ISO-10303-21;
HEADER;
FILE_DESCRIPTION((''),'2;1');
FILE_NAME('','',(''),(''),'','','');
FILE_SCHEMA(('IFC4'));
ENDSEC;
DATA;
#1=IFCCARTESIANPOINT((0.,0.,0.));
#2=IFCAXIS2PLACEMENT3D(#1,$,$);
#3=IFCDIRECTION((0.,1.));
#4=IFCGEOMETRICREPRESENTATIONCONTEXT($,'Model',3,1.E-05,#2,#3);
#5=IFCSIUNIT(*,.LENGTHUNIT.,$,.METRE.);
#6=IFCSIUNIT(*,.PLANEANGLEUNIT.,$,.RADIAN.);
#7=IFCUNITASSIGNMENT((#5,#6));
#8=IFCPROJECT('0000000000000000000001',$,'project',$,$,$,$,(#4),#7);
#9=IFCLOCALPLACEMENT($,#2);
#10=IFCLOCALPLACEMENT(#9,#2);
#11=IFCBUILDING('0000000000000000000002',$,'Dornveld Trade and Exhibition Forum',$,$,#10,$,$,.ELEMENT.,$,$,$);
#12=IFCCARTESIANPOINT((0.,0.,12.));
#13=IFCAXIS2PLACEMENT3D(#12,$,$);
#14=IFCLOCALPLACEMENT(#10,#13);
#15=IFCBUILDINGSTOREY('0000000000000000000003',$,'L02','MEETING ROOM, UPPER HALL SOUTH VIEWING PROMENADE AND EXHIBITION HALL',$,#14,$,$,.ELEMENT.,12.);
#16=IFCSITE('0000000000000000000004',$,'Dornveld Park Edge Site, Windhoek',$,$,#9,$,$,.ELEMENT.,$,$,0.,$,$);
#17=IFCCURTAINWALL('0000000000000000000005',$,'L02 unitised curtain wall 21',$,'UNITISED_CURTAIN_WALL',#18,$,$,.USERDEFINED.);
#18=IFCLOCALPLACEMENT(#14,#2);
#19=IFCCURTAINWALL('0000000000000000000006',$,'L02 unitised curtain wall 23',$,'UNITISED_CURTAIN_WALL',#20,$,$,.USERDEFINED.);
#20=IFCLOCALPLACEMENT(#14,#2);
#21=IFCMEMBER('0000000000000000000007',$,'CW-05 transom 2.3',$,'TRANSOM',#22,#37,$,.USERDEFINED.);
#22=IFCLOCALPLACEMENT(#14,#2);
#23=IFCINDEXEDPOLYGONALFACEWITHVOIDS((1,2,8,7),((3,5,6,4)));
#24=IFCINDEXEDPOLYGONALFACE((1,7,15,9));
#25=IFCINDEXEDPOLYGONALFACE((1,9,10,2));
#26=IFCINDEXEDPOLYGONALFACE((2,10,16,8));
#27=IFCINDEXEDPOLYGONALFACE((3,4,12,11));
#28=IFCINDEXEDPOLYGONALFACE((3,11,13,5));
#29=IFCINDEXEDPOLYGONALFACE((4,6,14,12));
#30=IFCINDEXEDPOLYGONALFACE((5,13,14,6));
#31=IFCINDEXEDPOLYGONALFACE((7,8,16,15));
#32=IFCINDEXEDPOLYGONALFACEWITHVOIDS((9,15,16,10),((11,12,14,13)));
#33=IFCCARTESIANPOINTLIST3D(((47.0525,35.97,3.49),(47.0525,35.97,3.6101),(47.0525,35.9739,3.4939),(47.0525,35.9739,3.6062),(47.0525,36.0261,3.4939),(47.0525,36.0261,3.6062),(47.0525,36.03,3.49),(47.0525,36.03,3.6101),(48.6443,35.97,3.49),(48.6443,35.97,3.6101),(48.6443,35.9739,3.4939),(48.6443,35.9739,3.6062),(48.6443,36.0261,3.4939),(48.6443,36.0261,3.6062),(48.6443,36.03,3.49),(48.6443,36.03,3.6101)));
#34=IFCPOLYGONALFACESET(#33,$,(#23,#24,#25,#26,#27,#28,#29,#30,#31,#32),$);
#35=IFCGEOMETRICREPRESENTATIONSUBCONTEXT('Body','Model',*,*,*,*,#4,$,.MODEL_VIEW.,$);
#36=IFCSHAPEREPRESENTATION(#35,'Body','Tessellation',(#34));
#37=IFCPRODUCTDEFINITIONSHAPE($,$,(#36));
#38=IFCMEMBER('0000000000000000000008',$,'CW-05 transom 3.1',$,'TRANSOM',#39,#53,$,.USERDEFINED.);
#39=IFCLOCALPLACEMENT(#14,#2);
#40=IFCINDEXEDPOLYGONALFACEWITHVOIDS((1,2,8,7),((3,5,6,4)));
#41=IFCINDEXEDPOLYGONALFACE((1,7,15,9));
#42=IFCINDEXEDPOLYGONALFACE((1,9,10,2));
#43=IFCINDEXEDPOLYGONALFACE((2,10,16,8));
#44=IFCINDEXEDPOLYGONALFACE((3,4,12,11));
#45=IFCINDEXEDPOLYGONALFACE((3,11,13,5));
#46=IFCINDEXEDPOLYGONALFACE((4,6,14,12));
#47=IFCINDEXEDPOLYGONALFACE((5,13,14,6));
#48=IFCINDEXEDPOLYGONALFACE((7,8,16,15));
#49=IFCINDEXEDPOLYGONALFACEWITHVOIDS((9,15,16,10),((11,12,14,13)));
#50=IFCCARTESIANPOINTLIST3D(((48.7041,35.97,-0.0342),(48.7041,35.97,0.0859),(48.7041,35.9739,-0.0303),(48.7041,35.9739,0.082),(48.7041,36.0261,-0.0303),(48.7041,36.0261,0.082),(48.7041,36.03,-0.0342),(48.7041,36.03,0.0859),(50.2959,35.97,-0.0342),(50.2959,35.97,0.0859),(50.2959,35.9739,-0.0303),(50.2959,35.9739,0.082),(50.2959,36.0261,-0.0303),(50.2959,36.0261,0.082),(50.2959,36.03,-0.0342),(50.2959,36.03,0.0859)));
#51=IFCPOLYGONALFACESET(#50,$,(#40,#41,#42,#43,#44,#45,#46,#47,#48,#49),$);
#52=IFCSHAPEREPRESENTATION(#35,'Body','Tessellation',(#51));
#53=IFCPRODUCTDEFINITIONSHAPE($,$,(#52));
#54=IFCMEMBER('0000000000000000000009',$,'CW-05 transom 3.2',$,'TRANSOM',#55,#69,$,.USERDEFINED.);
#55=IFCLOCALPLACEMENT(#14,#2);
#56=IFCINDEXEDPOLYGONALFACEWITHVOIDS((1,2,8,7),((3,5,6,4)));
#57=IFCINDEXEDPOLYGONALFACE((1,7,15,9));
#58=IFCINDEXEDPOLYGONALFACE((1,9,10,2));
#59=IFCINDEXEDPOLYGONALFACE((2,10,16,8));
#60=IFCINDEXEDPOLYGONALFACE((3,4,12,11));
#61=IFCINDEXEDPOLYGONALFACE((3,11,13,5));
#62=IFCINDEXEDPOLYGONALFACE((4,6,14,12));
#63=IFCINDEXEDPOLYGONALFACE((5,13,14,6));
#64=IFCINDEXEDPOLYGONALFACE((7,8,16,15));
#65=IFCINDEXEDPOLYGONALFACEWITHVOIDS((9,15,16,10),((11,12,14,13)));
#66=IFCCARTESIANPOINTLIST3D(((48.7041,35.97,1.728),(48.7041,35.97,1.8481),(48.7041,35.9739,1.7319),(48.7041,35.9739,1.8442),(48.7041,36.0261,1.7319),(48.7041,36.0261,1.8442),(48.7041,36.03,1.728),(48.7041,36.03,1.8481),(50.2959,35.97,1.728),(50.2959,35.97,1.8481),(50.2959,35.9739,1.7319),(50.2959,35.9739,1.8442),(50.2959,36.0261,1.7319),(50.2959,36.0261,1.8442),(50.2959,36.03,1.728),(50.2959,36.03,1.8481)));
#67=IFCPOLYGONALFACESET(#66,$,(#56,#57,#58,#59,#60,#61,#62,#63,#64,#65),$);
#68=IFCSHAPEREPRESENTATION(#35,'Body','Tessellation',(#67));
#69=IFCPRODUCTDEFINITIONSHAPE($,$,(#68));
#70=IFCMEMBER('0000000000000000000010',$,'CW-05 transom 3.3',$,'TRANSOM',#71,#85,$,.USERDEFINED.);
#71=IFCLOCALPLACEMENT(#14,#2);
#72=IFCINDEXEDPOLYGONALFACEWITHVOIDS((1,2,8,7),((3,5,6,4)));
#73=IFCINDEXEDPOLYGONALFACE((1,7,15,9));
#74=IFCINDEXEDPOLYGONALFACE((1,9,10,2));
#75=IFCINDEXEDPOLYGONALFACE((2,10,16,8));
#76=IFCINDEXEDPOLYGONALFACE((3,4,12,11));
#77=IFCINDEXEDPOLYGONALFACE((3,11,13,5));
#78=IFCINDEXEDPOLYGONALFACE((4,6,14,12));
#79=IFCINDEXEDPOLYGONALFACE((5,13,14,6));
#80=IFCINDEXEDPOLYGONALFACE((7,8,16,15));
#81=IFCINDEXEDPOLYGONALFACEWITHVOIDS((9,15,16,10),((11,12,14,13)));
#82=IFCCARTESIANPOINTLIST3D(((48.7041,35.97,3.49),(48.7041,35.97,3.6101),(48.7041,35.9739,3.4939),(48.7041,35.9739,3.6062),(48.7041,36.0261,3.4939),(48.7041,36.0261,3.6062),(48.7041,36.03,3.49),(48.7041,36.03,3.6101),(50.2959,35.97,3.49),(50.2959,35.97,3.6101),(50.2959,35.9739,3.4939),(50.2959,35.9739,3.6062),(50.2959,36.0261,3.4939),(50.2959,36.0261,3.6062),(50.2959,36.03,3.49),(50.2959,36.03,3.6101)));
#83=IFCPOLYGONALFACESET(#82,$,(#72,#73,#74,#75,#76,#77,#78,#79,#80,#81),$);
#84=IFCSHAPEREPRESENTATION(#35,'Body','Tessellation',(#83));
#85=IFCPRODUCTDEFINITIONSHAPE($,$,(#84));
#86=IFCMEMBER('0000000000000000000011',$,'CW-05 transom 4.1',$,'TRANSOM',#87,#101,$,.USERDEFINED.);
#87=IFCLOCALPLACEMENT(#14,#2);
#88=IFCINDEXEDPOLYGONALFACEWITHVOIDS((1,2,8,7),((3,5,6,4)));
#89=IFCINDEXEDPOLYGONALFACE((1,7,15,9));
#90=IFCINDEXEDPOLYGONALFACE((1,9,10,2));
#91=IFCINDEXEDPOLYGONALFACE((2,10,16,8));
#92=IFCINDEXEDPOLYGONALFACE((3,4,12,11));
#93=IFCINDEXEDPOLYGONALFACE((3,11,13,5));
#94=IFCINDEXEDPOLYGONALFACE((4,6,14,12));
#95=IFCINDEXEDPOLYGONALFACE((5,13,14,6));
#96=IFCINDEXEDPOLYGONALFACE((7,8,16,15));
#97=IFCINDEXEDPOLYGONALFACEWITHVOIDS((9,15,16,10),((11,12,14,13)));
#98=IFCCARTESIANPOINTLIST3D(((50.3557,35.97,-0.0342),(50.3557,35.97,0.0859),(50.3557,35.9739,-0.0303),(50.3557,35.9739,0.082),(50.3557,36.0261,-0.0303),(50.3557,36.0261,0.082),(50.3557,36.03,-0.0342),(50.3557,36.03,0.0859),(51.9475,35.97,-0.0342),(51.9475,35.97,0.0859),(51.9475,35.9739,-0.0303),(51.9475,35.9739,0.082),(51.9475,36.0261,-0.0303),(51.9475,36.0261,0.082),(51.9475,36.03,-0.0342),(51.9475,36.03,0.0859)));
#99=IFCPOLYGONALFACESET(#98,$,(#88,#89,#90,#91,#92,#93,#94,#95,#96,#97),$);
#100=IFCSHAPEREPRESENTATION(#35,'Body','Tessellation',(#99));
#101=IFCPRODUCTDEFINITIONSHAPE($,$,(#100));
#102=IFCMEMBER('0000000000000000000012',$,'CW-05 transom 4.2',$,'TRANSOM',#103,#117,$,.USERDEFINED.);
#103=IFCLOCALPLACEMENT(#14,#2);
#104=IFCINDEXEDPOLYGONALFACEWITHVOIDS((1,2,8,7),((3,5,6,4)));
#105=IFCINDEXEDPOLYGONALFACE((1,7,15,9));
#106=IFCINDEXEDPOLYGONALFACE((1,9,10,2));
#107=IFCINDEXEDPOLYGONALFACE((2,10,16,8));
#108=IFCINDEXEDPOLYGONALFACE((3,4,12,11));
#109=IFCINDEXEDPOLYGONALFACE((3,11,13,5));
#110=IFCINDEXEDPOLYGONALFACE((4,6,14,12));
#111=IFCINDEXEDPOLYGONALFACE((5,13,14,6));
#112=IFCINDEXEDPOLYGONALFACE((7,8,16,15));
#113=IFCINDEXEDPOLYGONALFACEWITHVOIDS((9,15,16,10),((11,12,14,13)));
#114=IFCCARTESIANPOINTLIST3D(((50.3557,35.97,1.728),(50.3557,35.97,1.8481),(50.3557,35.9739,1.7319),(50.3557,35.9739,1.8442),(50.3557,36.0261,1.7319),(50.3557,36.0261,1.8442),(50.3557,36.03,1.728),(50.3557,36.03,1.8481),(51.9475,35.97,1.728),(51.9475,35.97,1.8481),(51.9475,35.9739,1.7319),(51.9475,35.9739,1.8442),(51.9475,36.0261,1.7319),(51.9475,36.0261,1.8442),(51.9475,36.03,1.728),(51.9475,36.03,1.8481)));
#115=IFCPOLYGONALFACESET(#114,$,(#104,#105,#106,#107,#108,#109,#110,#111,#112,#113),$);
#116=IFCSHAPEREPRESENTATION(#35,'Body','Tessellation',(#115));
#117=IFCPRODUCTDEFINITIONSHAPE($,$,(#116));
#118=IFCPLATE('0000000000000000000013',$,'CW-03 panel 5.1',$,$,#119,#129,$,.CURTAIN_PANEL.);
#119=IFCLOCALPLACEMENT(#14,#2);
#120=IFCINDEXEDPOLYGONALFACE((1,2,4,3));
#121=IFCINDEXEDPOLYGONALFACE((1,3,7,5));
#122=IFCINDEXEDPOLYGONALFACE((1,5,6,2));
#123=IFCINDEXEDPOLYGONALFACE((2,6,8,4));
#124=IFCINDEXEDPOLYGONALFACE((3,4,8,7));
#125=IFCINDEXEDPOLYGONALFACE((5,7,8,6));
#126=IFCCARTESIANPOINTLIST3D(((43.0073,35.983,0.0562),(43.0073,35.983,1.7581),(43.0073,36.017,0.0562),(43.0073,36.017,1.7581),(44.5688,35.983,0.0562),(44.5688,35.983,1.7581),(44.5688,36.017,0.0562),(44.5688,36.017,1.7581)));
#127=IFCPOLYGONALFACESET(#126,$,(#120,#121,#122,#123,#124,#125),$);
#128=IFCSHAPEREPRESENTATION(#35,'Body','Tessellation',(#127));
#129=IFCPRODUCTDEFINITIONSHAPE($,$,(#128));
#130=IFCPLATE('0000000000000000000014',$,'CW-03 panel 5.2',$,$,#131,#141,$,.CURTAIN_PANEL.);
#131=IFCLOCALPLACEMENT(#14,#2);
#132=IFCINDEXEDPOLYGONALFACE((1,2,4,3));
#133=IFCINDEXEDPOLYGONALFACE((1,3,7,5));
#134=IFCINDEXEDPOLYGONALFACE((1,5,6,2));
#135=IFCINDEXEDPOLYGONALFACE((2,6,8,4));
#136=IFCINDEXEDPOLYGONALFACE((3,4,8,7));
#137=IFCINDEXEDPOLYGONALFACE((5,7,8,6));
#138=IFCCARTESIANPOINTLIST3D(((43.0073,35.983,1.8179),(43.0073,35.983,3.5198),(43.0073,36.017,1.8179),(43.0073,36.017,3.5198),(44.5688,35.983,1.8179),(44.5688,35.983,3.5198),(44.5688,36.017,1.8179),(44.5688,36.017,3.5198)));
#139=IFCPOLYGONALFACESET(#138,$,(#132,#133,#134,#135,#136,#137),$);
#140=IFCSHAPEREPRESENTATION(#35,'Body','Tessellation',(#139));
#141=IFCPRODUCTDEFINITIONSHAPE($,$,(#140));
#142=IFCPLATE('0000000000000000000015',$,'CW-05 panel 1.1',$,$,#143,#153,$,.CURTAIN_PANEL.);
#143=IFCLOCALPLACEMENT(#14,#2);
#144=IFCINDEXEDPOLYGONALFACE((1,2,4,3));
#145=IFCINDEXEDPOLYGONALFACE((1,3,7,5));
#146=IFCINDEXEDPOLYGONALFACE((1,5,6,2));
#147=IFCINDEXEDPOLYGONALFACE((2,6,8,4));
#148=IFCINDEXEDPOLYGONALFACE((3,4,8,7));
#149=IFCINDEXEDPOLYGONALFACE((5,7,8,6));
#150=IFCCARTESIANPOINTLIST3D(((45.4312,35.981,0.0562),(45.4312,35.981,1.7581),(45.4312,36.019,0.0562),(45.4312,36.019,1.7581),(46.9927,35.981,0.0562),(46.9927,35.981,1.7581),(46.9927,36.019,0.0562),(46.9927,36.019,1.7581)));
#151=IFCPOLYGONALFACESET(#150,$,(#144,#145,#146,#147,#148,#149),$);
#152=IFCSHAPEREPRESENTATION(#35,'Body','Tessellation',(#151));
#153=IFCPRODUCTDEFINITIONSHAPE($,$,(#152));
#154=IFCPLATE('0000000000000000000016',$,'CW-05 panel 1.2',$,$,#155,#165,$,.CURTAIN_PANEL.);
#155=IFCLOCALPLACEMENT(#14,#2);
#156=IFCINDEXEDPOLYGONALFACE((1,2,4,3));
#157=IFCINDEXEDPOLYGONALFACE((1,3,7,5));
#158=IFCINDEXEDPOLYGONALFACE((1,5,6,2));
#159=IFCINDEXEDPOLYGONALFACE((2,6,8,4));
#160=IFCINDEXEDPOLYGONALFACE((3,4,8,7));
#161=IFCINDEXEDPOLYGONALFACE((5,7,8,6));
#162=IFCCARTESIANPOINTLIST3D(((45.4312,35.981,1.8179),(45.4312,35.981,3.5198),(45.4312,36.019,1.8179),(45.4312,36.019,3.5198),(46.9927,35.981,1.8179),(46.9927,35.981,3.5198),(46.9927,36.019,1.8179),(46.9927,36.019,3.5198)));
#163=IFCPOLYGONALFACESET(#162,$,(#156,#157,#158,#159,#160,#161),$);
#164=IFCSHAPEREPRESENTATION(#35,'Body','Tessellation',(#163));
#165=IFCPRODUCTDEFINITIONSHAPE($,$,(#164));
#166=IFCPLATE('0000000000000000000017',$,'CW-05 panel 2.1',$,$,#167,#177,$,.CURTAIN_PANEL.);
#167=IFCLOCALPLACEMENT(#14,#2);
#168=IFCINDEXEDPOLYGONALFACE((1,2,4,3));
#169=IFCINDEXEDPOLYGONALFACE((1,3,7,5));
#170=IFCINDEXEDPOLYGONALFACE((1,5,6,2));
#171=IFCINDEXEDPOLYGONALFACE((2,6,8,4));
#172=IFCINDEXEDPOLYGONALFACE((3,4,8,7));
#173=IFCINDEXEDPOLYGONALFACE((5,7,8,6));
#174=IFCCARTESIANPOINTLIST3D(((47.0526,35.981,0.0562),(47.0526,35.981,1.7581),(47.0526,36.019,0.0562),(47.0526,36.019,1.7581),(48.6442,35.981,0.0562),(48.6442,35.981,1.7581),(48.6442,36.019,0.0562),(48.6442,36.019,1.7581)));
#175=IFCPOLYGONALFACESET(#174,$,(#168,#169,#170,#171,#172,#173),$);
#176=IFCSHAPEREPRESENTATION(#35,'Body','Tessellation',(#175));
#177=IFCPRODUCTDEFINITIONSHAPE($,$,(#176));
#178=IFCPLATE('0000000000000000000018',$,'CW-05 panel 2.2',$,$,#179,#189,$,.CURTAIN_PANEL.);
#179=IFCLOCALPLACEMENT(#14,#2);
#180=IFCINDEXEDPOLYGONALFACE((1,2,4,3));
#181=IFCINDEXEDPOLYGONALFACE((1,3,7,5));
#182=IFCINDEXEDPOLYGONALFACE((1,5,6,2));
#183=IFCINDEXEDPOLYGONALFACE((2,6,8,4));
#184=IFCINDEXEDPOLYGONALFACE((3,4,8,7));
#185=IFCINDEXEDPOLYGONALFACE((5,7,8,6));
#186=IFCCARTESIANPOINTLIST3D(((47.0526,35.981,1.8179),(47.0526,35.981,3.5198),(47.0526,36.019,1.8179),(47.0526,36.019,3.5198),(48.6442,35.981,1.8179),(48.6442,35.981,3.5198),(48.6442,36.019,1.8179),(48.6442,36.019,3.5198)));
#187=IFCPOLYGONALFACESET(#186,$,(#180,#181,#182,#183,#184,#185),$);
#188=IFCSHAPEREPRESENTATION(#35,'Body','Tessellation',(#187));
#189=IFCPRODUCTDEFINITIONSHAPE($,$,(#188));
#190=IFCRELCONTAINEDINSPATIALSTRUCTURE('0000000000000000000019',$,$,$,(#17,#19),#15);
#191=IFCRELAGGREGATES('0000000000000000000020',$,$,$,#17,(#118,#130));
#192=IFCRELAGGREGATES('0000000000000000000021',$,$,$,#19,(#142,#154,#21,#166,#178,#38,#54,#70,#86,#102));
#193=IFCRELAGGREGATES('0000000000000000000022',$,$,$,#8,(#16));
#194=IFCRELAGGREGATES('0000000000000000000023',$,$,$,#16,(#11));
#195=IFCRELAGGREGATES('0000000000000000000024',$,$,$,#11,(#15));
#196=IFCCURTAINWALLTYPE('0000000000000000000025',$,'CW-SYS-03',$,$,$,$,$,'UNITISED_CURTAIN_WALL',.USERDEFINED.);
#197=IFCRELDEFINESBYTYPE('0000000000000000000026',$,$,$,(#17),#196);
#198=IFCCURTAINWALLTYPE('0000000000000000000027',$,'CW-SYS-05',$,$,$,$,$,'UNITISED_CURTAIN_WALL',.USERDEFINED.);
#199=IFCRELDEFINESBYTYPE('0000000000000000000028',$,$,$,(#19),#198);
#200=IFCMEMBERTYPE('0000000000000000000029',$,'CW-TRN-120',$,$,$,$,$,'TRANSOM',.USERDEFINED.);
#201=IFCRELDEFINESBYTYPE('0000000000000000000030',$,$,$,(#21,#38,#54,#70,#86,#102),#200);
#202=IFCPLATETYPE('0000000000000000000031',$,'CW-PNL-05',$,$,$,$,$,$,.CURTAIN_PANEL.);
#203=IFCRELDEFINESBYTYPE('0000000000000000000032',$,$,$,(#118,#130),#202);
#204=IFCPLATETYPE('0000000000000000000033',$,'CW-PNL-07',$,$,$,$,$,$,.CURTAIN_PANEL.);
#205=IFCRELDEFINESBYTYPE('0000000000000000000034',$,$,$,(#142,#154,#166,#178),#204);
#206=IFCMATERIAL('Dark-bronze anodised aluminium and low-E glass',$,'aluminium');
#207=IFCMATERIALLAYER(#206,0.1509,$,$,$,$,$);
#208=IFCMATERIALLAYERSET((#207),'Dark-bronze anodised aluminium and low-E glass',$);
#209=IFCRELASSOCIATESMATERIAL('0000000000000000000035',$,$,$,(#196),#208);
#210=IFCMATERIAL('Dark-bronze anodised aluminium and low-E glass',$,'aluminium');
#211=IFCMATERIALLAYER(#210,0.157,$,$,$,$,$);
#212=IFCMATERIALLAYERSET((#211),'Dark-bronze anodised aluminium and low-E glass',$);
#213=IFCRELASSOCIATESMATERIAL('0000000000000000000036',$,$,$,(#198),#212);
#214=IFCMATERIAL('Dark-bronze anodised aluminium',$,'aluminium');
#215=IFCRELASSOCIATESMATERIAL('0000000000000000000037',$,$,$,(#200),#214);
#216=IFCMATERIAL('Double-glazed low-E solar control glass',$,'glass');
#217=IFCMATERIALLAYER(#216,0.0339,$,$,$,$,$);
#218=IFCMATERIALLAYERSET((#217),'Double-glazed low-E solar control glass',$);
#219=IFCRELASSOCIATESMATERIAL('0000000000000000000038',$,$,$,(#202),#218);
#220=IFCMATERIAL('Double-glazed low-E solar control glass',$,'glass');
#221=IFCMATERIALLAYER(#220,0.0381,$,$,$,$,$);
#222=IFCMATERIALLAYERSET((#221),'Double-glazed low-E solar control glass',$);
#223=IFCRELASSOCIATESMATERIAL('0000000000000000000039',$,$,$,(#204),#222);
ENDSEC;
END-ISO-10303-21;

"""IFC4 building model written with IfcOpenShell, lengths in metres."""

from ifc_helpers import new_model, si_unit, direction, frame, origin, origin_2d, place, context, subcontext, project, spatial, rectangle, hollow_rectangle, extrude, material, layer, layer_set, material_profile, profile_set, type_object, element, aggregate, save


model = new_model("IFC4")

# Units and contexts
model_context = context("Model", 3, precision=1e-05, world=origin(), true_north=direction((0.0, 1.0)))
body_context = subcontext(model_context, "Body", "Model", "MODEL_VIEW")
ifc_project = project(units=[si_unit("LENGTHUNIT", "METRE"), si_unit("PLANEANGLEUNIT", "RADIAN")], contexts=[model_context])

# Site, building, storey
site_placement = place(None, origin())
site = spatial("IfcSite", under=ifc_project, at=site_placement, Name="Dornveld Park Edge Site, Windhoek", CompositionType="ELEMENT", RefElevation=0.0)
building_placement = place(site_placement, origin())
building = spatial("IfcBuilding", under=site, at=building_placement, Name="Dornveld Trade and Exhibition Forum", CompositionType="ELEMENT")
storey_placement = place(building_placement, frame((0.0, 0.0, 12.0)))
storey = spatial("IfcBuildingStorey", under=building, at=storey_placement, Name="L02", Description="MEETING ROOM, UPPER HALL SOUTH VIEWING PROMENADE AND EXHIBITION HALL", CompositionType="ELEMENT", Elevation=12.0)

# Curtain wall
ifc_material_1 = material(Name="Dark-bronze anodised aluminium and low-E glass", Category="aluminium")
ifc_layer_1 = layer(ifc_material_1, 0.1509)
ifc_layer_set_1 = layer_set([ifc_layer_1], Name="Dark-bronze anodised aluminium and low-E glass")
curtain_wall_type_1 = type_object("IfcCurtainWallType", Name="CW-SYS-03", ElementType="UNITISED_CURTAIN_WALL", PredefinedType="USERDEFINED", material=ifc_layer_set_1)
curtain_wall_1_placement = place(storey_placement, origin())
curtain_wall_1 = element("IfcCurtainWall", 1, at=curtain_wall_1_placement, inside=storey, type_object=curtain_wall_type_1, Name="L02 unitised curtain wall 21", ObjectType="UNITISED_CURTAIN_WALL", PredefinedType="USERDEFINED")

# Curtain wall, members
ifc_material_2 = material(Name="Dark-bronze anodised aluminium and low-E glass", Category="aluminium")
ifc_layer_2 = layer(ifc_material_2, 0.157)
ifc_layer_set_2 = layer_set([ifc_layer_2], Name="Dark-bronze anodised aluminium and low-E glass")
curtain_wall_type_2 = type_object("IfcCurtainWallType", Name="CW-SYS-05", ElementType="UNITISED_CURTAIN_WALL", PredefinedType="USERDEFINED", material=ifc_layer_set_2)
curtain_wall_2_placement = place(storey_placement, origin())
curtain_wall_2 = element("IfcCurtainWall", 2, at=curtain_wall_2_placement, inside=storey, type_object=curtain_wall_type_2, Name="L02 unitised curtain wall 23", ObjectType="UNITISED_CURTAIN_WALL", PredefinedType="USERDEFINED")
ifc_material_3 = material(Name="Dark-bronze anodised aluminium", Category="aluminium")
ifc_material_profile_1 = material_profile(ifc_material_3, hollow_rectangle(XDim=0.0601, YDim=0.1201, WallThickness=0.0039, at=origin_2d()), Name="RHS 120x60x4")
ifc_profile_set_1 = profile_set([ifc_material_profile_1], Name="Dark-bronze anodised aluminium")
member_type_1 = type_object("IfcMemberType", Name="CW-TRN-120", ElementType="TRANSOM", PredefinedType="USERDEFINED", material=ifc_profile_set_1)
member_1_placement = place(storey_placement, frame((47.0525, 36.0, 3.55), z_axis=(1.0, 0.0, 0.0), x_axis=(0.0, 1.0, 0.0)))
member_1 = element("IfcMember", 3, at=member_1_placement, type_object=member_type_1, Name="CW-05 transom 2.3", ObjectType="TRANSOM", PredefinedType="USERDEFINED", context=body_context, shape_type="SweptSolid", body=[
    extrude(hollow_rectangle(XDim=0.0601, YDim=0.1201, WallThickness=0.0039, at=origin_2d()), origin(), (0.0, 0.0, 1.0), 1.5918),
])
member_2_placement = place(storey_placement, frame((48.7041, 36.0, 0.0259), z_axis=(1.0, 0.0, 0.0), x_axis=(0.0, 1.0, 0.0)))
member_2 = element("IfcMember", 4, at=member_2_placement, type_object=member_type_1, Name="CW-05 transom 3.1", ObjectType="TRANSOM", PredefinedType="USERDEFINED", context=body_context, shape_type="SweptSolid", body=[
    extrude(hollow_rectangle(XDim=0.0601, YDim=0.1201, WallThickness=0.0039, at=origin_2d()), origin(), (0.0, 0.0, 1.0), 1.5918),
])
member_3_placement = place(storey_placement, frame((48.7041, 36.0, 1.7881), z_axis=(1.0, 0.0, 0.0), x_axis=(0.0, 1.0, 0.0)))
member_3 = element("IfcMember", 5, at=member_3_placement, type_object=member_type_1, Name="CW-05 transom 3.2", ObjectType="TRANSOM", PredefinedType="USERDEFINED", context=body_context, shape_type="SweptSolid", body=[
    extrude(hollow_rectangle(XDim=0.0601, YDim=0.1201, WallThickness=0.0039, at=origin_2d()), origin(), (0.0, 0.0, 1.0), 1.5918),
])
member_4_placement = place(storey_placement, frame((48.7041, 36.0, 3.55), z_axis=(1.0, 0.0, 0.0), x_axis=(0.0, 1.0, 0.0)))
member_4 = element("IfcMember", 6, at=member_4_placement, type_object=member_type_1, Name="CW-05 transom 3.3", ObjectType="TRANSOM", PredefinedType="USERDEFINED", context=body_context, shape_type="SweptSolid", body=[
    extrude(hollow_rectangle(XDim=0.0601, YDim=0.1201, WallThickness=0.0039, at=origin_2d()), origin(), (0.0, 0.0, 1.0), 1.5918),
])
member_5_placement = place(storey_placement, frame((50.3557, 36.0, 0.0259), z_axis=(1.0, 0.0, 0.0), x_axis=(0.0, 1.0, 0.0)))
member_5 = element("IfcMember", 7, at=member_5_placement, type_object=member_type_1, Name="CW-05 transom 4.1", ObjectType="TRANSOM", PredefinedType="USERDEFINED", context=body_context, shape_type="SweptSolid", body=[
    extrude(hollow_rectangle(XDim=0.0601, YDim=0.1201, WallThickness=0.0039, at=origin_2d()), origin(), (0.0, 0.0, 1.0), 1.5918),
])
member_6_placement = place(storey_placement, frame((50.3557, 36.0, 1.7881), z_axis=(1.0, 0.0, 0.0), x_axis=(0.0, 1.0, 0.0)))
member_6 = element("IfcMember", 8, at=member_6_placement, type_object=member_type_1, Name="CW-05 transom 4.2", ObjectType="TRANSOM", PredefinedType="USERDEFINED", context=body_context, shape_type="SweptSolid", body=[
    extrude(hollow_rectangle(XDim=0.0601, YDim=0.1201, WallThickness=0.0039, at=origin_2d()), origin(), (0.0, 0.0, 1.0), 1.5918),
])

# Plates
ifc_material_4 = material(Name="Double-glazed low-E solar control glass", Category="glass")
ifc_layer_3 = layer(ifc_material_4, 0.0339)
ifc_layer_set_3 = layer_set([ifc_layer_3], Name="Double-glazed low-E solar control glass")
plate_type_1 = type_object("IfcPlateType", Name="CW-PNL-05", PredefinedType="CURTAIN_PANEL", material=ifc_layer_set_3)
plate_1_placement = place(storey_placement, frame((43.7881, 36.0, 0.0562), z_axis=(0.0, 0.0, 1.0), x_axis=(1.0, 0.0, 0.0)))
plate_1 = element("IfcPlate", 9, at=plate_1_placement, type_object=plate_type_1, Name="CW-03 panel 5.1", PredefinedType="CURTAIN_PANEL", context=body_context, shape_type="SweptSolid", body=[
    extrude(rectangle(XDim=1.5615, YDim=0.0339, at=origin_2d()), origin(), (0.0, 0.0, 1.0), 1.7019),
])
plate_2_placement = place(storey_placement, frame((43.7881, 36.0, 1.8179), z_axis=(0.0, 0.0, 1.0), x_axis=(1.0, 0.0, 0.0)))
plate_2 = element("IfcPlate", 10, at=plate_2_placement, type_object=plate_type_1, Name="CW-03 panel 5.2", PredefinedType="CURTAIN_PANEL", context=body_context, shape_type="SweptSolid", body=[
    extrude(rectangle(XDim=1.5615, YDim=0.0339, at=origin_2d()), origin(), (0.0, 0.0, 1.0), 1.7019),
])
aggregate(curtain_wall_1, [plate_1, plate_2])
ifc_material_5 = material(Name="Double-glazed low-E solar control glass", Category="glass")
ifc_layer_4 = layer(ifc_material_5, 0.0381)
ifc_layer_set_4 = layer_set([ifc_layer_4], Name="Double-glazed low-E solar control glass")
plate_type_2 = type_object("IfcPlateType", Name="CW-PNL-07", PredefinedType="CURTAIN_PANEL", material=ifc_layer_set_4)
plate_3_placement = place(storey_placement, frame((46.2119, 36.0, 0.0562), z_axis=(0.0, 0.0, 1.0), x_axis=(1.0, 0.0, 0.0)))
plate_3 = element("IfcPlate", 11, at=plate_3_placement, type_object=plate_type_2, Name="CW-05 panel 1.1", PredefinedType="CURTAIN_PANEL", context=body_context, shape_type="SweptSolid", body=[
    extrude(rectangle(XDim=1.5615, YDim=0.0381, at=origin_2d()), origin(), (0.0, 0.0, 1.0), 1.7019),
])
plate_4_placement = place(storey_placement, frame((46.2119, 36.0, 1.8179), z_axis=(0.0, 0.0, 1.0), x_axis=(1.0, 0.0, 0.0)))
plate_4 = element("IfcPlate", 12, at=plate_4_placement, type_object=plate_type_2, Name="CW-05 panel 1.2", PredefinedType="CURTAIN_PANEL", context=body_context, shape_type="SweptSolid", body=[
    extrude(rectangle(XDim=1.5615, YDim=0.0381, at=origin_2d()), origin(), (0.0, 0.0, 1.0), 1.7019),
])
plate_5_placement = place(storey_placement, frame((47.8484, 36.0, 0.0562), z_axis=(0.0, 0.0, 1.0), x_axis=(1.0, 0.0, 0.0)))
plate_5 = element("IfcPlate", 13, at=plate_5_placement, type_object=plate_type_2, Name="CW-05 panel 2.1", PredefinedType="CURTAIN_PANEL", context=body_context, shape_type="SweptSolid", body=[
    extrude(rectangle(XDim=1.5916, YDim=0.0381, at=origin_2d()), origin(), (0.0, 0.0, 1.0), 1.7019),
])
plate_6_placement = place(storey_placement, frame((47.8484, 36.0, 1.8179), z_axis=(0.0, 0.0, 1.0), x_axis=(1.0, 0.0, 0.0)))
plate_6 = element("IfcPlate", 14, at=plate_6_placement, type_object=plate_type_2, Name="CW-05 panel 2.2", PredefinedType="CURTAIN_PANEL", context=body_context, shape_type="SweptSolid", body=[
    extrude(rectangle(XDim=1.5916, YDim=0.0381, at=origin_2d()), origin(), (0.0, 0.0, 1.0), 1.7019),
])
aggregate(curtain_wall_2, [plate_3, plate_4, member_1, plate_5, plate_6, member_2, member_3, member_4, member_5, member_6])

save(model, "model.ifc")
